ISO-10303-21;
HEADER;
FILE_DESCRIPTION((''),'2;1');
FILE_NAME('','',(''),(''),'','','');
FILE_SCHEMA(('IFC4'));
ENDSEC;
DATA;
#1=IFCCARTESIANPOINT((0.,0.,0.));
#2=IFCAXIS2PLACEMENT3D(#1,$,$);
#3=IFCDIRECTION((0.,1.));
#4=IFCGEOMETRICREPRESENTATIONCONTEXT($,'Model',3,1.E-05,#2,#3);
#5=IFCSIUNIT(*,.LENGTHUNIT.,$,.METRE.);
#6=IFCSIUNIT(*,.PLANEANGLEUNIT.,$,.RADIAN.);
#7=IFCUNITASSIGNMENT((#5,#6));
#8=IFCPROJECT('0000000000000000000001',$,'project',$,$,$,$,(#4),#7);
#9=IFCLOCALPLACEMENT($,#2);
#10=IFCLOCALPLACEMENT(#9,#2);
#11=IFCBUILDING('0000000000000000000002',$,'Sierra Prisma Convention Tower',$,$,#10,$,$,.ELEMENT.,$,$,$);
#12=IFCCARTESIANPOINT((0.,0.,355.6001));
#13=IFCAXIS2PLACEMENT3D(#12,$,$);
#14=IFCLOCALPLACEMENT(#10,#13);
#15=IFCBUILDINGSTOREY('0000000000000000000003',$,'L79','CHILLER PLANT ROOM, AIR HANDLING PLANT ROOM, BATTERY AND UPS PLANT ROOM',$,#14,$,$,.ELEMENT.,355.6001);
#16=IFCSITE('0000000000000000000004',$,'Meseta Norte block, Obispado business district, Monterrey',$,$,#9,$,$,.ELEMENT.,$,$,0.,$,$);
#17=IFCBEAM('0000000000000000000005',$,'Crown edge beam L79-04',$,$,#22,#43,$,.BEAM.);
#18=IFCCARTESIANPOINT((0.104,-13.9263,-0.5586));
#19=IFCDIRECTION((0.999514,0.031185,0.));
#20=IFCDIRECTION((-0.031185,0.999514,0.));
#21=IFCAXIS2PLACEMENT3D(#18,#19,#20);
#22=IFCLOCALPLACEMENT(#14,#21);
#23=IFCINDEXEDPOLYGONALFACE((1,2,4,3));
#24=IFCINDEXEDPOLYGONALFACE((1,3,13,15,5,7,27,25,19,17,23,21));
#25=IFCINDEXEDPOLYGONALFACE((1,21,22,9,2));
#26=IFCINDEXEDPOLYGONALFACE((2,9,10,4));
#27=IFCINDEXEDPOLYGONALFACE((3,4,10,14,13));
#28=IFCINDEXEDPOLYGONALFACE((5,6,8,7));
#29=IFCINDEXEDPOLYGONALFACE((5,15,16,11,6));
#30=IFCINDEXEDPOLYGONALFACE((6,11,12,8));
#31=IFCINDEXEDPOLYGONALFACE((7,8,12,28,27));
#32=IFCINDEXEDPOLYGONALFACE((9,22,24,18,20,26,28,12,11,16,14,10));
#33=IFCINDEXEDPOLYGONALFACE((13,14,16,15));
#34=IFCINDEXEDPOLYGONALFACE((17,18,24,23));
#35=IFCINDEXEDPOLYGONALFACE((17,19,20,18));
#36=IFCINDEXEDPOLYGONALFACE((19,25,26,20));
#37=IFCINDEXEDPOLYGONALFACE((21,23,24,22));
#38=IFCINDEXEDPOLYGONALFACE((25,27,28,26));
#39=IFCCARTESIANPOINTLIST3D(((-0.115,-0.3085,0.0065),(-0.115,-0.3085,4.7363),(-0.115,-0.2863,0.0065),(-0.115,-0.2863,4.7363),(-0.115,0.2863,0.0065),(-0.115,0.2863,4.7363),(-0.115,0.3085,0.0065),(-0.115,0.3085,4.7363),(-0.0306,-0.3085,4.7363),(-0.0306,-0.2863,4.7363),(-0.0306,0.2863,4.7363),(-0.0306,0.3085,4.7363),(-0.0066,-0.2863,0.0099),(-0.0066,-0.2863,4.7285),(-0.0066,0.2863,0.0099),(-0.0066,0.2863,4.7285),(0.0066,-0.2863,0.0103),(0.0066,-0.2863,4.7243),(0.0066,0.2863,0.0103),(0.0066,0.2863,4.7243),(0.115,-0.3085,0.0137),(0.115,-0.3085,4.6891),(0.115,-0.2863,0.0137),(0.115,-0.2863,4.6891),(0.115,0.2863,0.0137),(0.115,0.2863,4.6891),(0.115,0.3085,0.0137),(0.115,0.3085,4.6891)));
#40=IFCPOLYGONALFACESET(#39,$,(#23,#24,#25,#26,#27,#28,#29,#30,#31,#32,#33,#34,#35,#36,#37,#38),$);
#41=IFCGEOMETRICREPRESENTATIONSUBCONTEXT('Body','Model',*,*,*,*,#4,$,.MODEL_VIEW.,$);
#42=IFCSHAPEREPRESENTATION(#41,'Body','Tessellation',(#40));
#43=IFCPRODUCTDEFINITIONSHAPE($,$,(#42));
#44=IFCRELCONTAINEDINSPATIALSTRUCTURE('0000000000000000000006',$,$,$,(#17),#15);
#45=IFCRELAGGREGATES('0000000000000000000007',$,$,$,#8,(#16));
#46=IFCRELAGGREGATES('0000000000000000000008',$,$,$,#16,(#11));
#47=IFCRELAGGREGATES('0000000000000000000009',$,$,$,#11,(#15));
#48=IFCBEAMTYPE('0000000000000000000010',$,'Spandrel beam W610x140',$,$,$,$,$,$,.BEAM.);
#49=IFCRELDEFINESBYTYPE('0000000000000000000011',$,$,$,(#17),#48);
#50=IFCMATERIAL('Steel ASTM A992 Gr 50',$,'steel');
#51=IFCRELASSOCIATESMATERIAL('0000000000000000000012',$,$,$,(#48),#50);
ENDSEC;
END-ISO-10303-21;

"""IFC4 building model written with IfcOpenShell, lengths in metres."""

from ifc_helpers import new_model, si_unit, direction, frame, origin, origin_2d, place, context, subcontext, project, spatial, i_section, extrude, clip, halfspace, material, material_profile, profile_set, type_object, element, save


model = new_model("IFC4")

# Units and contexts
model_context = context("Model", 3, precision=1e-05, world=origin(), true_north=direction((0.0, 1.0)))
body_context = subcontext(model_context, "Body", "Model", "MODEL_VIEW")
ifc_project = project(units=[si_unit("LENGTHUNIT", "METRE"), si_unit("PLANEANGLEUNIT", "RADIAN")], contexts=[model_context])

# Site, building, storey
site_placement = place(None, origin())
site = spatial("IfcSite", under=ifc_project, at=site_placement, Name="Meseta Norte block, Obispado business district, Monterrey", CompositionType="ELEMENT", RefElevation=0.0)
building_placement = place(site_placement, origin())
building = spatial("IfcBuilding", under=site, at=building_placement, Name="Sierra Prisma Convention Tower", CompositionType="ELEMENT")
storey_placement = place(building_placement, frame((0.0, 0.0, 355.6001)))
storey = spatial("IfcBuildingStorey", under=building, at=storey_placement, Name="L79", Description="CHILLER PLANT ROOM, AIR HANDLING PLANT ROOM, BATTERY AND UPS PLANT ROOM", CompositionType="ELEMENT", Elevation=355.6001)

# Beam
ifc_material_1 = material(Name="Steel ASTM A992 Gr 50", Category="steel")
ifc_material_profile_1 = material_profile(ifc_material_1, i_section(OverallWidth=0.23, OverallDepth=0.6169, WebThickness=0.0132, FlangeThickness=0.0222, at=origin_2d()), Name="W610x140")
ifc_profile_set_1 = profile_set([ifc_material_profile_1], Name="Steel ASTM A992 Gr 50")
beam_type_1 = type_object("IfcBeamType", Name="Spandrel beam W610x140", PredefinedType="BEAM", material=ifc_profile_set_1)
beam_1_placement = place(storey_placement, frame((0.104, -13.9263, -0.5586), z_axis=(0.999514, 0.031185, 0.0), x_axis=(-0.031185, 0.999514, 0.0)))
element("IfcBeam", 1, at=beam_1_placement, inside=storey, type_object=beam_type_1, Name="Crown edge beam L79-04", PredefinedType="BEAM", context=body_context, shape_type="SweptSolid", body=[
    clip(clip(extrude(i_section(OverallWidth=0.23, OverallDepth=0.6169, WebThickness=0.0132, FlangeThickness=0.0222, at=origin_2d()), origin(), (0.0, 0.0, 1.0), 4.7363), halfspace(frame((-0.0034, 0.0, 0.01), z_axis=(-0.031185, 0.0, 0.999514), x_axis=(0.999514, 0.0, 0.031185)), True)), halfspace(frame((-0.0352, 0.0, 4.7378), z_axis=(-0.30853, 0.0, -0.951215), x_axis=(0.951215, 0.0, -0.30853)), True)),
])

save(model, "model.ifc")
